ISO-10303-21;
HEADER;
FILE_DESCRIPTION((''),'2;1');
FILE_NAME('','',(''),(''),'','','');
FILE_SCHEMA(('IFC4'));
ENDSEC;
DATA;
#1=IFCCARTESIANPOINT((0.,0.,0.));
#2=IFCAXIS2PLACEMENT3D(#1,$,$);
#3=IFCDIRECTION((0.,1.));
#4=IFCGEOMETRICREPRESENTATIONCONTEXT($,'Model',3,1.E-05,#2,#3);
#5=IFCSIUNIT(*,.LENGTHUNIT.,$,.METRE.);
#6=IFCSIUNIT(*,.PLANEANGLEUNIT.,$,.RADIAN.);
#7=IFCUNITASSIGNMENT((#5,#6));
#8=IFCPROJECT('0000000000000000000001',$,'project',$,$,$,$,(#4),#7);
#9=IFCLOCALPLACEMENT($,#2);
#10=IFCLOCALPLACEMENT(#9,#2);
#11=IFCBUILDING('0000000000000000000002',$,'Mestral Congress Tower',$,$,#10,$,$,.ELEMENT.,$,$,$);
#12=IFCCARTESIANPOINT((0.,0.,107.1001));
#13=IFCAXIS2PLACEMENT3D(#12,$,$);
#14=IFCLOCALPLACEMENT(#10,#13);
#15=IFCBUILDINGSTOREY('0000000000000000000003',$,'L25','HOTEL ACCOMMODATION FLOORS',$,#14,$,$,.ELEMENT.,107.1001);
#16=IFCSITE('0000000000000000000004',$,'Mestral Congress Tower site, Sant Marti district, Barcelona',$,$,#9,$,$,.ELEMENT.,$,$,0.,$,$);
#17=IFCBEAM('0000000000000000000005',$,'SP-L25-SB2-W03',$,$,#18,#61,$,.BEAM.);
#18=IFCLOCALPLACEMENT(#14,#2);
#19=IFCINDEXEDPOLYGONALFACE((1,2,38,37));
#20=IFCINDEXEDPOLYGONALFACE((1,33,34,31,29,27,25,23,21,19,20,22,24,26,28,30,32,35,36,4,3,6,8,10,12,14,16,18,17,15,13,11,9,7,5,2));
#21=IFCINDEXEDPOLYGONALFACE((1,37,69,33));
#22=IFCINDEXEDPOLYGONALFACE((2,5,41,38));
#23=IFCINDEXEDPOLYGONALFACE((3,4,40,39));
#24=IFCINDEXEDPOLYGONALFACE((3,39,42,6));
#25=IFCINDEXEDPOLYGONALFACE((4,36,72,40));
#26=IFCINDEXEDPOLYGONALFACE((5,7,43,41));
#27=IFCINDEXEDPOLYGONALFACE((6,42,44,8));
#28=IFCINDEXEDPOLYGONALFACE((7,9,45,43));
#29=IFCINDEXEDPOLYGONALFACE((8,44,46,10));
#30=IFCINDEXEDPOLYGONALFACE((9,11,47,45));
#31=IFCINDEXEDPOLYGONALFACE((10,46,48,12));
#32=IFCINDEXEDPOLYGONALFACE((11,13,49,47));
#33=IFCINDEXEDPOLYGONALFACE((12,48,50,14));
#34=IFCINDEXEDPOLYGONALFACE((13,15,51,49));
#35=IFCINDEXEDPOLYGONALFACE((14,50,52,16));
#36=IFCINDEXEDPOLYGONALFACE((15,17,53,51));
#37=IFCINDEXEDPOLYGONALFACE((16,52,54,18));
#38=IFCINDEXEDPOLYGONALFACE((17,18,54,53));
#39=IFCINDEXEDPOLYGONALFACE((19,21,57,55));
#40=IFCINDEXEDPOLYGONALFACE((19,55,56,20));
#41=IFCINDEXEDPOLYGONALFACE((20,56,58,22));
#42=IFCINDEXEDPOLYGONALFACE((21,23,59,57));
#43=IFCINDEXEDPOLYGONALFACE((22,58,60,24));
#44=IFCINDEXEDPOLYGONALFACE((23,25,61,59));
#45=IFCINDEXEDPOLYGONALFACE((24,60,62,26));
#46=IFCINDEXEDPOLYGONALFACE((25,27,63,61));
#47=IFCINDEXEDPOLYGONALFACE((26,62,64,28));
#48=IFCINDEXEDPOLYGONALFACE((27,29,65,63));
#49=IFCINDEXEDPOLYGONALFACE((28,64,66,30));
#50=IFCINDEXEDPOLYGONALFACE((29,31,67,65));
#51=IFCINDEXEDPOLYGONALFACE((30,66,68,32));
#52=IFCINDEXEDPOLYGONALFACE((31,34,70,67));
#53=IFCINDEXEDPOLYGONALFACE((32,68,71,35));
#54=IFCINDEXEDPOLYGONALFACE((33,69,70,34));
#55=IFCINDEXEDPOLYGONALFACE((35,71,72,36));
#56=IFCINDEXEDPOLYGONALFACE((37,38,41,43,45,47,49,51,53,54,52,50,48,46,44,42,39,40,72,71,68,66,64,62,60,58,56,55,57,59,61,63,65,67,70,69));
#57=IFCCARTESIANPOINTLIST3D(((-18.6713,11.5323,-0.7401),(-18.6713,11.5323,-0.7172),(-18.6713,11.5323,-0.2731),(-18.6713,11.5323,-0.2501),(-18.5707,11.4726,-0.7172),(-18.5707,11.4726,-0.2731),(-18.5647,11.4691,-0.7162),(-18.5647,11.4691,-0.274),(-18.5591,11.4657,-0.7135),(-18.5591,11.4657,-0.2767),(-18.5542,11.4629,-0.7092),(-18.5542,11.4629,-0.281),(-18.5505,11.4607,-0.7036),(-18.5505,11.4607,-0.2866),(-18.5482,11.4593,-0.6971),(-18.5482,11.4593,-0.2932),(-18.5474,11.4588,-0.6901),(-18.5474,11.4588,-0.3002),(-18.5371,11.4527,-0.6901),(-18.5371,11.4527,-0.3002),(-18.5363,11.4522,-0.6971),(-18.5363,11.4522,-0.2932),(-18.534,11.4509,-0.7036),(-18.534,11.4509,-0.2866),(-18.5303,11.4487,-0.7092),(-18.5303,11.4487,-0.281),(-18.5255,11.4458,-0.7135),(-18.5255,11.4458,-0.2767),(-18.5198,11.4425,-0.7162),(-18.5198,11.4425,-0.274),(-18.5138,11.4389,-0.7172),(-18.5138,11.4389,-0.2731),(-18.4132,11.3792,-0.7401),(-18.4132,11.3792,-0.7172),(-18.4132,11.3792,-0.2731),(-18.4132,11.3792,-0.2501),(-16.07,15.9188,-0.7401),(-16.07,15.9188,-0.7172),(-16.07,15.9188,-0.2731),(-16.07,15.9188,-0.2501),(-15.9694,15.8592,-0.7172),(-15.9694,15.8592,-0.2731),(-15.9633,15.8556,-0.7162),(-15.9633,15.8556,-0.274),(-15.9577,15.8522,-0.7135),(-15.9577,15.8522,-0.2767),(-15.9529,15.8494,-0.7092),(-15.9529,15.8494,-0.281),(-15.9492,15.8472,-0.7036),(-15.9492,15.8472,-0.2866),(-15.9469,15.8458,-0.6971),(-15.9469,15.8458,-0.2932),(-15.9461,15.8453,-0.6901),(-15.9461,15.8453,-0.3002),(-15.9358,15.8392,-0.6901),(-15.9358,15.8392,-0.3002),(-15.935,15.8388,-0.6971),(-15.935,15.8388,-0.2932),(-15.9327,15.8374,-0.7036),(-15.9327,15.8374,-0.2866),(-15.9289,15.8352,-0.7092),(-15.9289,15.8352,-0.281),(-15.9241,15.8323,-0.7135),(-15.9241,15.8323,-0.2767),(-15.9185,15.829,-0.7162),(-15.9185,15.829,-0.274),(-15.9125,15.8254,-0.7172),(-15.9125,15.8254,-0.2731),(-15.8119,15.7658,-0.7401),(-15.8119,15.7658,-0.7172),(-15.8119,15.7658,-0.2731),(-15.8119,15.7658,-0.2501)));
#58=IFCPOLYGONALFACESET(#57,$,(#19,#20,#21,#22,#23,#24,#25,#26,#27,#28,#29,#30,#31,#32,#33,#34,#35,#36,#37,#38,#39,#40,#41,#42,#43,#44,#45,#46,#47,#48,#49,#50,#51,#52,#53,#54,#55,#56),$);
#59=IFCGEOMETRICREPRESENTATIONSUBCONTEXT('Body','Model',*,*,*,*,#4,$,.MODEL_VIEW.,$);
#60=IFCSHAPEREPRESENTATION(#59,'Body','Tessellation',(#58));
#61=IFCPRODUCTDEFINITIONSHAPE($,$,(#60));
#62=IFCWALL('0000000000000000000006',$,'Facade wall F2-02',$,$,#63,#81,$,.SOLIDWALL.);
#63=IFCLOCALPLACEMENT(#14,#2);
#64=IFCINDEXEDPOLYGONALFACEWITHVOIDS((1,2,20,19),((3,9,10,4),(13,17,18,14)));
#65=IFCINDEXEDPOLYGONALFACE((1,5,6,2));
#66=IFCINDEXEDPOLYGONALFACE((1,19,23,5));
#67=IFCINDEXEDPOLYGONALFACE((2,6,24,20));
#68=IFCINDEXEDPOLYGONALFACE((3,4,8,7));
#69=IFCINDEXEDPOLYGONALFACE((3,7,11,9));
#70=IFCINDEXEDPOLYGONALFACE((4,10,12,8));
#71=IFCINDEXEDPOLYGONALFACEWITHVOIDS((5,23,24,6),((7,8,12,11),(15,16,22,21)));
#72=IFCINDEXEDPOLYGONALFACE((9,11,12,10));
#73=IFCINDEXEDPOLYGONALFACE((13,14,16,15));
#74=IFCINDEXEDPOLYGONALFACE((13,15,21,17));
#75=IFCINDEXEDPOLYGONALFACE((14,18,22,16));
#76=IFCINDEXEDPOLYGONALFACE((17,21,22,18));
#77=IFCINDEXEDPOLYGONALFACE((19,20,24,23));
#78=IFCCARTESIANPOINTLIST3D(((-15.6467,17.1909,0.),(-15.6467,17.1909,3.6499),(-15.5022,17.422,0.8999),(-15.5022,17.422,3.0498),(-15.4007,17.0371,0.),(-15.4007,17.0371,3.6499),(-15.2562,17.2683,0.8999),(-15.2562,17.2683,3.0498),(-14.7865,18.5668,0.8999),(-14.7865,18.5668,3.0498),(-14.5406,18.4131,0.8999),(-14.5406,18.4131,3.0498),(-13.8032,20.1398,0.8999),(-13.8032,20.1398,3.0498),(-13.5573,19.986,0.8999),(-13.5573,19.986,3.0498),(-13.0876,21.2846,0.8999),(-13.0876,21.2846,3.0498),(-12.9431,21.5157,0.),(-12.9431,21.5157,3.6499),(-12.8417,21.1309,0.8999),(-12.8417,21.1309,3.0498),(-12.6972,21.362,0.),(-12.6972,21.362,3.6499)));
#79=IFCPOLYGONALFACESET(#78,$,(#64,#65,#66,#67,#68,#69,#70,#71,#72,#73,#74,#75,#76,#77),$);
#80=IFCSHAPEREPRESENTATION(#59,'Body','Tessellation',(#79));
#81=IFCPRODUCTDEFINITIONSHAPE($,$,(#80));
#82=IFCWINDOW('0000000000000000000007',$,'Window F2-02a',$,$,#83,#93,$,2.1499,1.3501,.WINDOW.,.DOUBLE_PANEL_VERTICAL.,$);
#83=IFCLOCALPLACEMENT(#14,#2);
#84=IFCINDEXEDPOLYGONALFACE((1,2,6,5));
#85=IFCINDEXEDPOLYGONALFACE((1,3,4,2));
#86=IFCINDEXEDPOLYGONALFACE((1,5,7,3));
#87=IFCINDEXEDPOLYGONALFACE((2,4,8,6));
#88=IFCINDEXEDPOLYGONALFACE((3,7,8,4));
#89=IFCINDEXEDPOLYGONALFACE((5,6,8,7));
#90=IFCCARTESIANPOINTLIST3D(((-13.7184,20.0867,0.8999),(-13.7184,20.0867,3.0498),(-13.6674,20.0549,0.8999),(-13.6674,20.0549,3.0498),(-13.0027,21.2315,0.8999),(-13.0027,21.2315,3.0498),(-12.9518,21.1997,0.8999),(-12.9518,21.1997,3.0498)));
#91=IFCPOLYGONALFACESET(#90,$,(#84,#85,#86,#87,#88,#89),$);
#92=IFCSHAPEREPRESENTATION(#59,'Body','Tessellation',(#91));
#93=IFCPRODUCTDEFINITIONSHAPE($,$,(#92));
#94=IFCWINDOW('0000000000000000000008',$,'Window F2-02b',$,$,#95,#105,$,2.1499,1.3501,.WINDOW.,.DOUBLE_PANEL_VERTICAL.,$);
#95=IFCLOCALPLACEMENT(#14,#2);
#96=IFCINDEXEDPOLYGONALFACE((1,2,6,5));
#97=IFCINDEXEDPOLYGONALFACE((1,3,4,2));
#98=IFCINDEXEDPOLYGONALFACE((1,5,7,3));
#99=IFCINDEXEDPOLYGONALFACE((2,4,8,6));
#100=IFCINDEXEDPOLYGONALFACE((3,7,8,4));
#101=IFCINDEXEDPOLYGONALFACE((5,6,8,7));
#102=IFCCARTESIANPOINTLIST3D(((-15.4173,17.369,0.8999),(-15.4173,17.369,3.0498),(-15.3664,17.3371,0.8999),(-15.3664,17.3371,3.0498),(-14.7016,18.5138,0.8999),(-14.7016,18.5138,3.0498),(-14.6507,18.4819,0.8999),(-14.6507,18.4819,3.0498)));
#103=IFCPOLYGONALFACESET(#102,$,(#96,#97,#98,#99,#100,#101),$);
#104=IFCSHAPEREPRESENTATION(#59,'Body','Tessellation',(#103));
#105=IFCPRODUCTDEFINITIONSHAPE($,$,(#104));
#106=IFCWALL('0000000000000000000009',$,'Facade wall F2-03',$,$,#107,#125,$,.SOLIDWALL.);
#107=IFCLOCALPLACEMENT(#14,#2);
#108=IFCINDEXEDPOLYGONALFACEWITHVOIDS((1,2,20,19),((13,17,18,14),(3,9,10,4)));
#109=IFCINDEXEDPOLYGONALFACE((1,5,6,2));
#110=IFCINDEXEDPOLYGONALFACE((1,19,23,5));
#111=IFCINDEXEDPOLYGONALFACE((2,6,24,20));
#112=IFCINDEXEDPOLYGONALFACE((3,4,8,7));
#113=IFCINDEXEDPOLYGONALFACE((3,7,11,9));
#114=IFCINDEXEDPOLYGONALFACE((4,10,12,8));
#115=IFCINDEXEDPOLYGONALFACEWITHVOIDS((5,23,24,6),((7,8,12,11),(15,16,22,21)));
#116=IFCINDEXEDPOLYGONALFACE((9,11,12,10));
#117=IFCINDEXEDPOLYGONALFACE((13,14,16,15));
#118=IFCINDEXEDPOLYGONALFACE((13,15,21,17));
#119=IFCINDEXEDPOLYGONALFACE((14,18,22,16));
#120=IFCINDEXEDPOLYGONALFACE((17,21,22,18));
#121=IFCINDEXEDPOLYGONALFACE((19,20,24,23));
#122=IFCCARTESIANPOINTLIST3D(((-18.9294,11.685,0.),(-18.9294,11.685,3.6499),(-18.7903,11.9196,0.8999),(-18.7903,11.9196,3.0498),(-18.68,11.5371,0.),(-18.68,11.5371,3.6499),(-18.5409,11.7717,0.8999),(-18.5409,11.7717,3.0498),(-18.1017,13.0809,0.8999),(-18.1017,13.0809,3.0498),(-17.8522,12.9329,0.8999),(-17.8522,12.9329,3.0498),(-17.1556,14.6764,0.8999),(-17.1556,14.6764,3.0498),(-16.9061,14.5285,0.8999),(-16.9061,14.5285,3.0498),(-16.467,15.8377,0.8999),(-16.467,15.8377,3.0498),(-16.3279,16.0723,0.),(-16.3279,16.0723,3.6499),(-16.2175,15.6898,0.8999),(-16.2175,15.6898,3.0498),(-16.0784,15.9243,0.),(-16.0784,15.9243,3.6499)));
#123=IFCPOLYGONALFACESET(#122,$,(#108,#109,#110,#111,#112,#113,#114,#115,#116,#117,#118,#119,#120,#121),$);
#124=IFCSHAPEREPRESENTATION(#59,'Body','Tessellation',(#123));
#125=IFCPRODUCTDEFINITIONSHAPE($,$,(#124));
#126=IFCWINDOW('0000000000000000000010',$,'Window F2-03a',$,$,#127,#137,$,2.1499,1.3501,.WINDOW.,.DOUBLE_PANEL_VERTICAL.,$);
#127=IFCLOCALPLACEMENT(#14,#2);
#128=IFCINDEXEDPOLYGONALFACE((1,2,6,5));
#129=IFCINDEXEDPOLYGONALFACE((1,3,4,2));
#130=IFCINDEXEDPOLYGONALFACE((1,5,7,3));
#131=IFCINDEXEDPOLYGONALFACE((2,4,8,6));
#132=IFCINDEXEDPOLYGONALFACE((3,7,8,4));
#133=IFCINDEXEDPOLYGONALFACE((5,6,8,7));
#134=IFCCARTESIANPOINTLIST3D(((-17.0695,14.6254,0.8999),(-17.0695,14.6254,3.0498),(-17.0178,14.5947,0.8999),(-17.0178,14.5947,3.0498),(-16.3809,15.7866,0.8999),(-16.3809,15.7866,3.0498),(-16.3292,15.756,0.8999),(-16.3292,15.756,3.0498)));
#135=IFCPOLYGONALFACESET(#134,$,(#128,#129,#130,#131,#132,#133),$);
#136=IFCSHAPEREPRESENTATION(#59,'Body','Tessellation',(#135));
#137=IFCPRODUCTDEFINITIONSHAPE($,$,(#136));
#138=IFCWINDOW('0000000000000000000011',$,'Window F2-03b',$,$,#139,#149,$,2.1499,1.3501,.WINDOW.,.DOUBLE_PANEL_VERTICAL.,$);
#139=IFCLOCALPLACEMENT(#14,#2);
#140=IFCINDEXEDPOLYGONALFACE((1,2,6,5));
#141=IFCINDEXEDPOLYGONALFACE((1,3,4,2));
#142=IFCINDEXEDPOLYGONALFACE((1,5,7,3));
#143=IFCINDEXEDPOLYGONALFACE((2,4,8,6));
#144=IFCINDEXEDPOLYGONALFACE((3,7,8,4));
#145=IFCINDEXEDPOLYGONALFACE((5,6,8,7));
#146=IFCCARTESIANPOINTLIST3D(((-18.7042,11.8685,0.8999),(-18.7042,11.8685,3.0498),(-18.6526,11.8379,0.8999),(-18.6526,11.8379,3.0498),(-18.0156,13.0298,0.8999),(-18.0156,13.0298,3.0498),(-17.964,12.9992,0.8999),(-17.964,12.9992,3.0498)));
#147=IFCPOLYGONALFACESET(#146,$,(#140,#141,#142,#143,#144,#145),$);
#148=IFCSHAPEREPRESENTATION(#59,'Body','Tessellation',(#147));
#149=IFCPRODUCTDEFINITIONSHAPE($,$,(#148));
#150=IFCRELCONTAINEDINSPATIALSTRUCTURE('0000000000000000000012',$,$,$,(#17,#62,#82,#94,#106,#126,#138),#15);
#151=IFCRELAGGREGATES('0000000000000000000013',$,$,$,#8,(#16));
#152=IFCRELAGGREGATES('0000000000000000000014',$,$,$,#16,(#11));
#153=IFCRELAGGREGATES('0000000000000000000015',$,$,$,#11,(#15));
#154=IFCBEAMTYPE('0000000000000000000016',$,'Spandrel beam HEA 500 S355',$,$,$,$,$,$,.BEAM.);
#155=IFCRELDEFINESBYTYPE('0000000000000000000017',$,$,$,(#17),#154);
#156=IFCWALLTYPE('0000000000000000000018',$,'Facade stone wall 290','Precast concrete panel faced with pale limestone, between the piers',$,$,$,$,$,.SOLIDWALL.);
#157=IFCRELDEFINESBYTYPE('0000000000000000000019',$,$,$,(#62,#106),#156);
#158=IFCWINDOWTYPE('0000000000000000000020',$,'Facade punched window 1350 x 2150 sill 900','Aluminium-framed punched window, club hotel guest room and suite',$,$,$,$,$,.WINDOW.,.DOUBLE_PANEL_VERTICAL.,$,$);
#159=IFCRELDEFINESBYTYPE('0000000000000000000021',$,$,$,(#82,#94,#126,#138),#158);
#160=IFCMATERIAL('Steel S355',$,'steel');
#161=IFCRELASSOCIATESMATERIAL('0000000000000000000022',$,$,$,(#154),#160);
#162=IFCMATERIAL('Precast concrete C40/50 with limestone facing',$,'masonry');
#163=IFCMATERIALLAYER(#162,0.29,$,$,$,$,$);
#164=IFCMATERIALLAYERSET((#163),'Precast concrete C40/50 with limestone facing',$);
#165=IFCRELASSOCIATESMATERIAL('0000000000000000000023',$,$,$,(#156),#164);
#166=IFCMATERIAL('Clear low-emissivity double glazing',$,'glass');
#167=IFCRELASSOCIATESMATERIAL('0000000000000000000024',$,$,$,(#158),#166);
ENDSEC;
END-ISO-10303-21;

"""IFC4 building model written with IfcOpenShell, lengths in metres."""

from ifc_helpers import new_model, si_unit, direction, frame, frame_2d, origin, origin_2d, place, context, subcontext, project, spatial, rectangle, i_section, extrude, material, layer, layer_set, material_profile, profile_set, type_object, element, fill, save


model = new_model("IFC4")

# Units and contexts
model_context = context("Model", 3, precision=1e-05, world=origin(), true_north=direction((0.0, 1.0)))
body_context = subcontext(model_context, "Body", "Model", "MODEL_VIEW")
ifc_project = project(units=[si_unit("LENGTHUNIT", "METRE"), si_unit("PLANEANGLEUNIT", "RADIAN")], contexts=[model_context])

# Site, building, storey
site_placement = place(None, origin())
site = spatial("IfcSite", under=ifc_project, at=site_placement, Name="Mestral Congress Tower site, Sant Marti district, Barcelona", CompositionType="ELEMENT", RefElevation=0.0)
building_placement = place(site_placement, origin())
building = spatial("IfcBuilding", under=site, at=building_placement, Name="Mestral Congress Tower", CompositionType="ELEMENT")
storey_placement = place(building_placement, frame((0.0, 0.0, 107.1001)))
storey = spatial("IfcBuildingStorey", under=building, at=storey_placement, Name="L25", Description="HOTEL ACCOMMODATION FLOORS", CompositionType="ELEMENT", Elevation=107.1001)

# Beam
ifc_material_1 = material(Name="Steel S355", Category="steel")
ifc_material_profile_1 = material_profile(ifc_material_1, i_section(OverallWidth=0.3, OverallDepth=0.49, WebThickness=0.012, FlangeThickness=0.0229, FilletRadius=0.0271, at=origin_2d()), Name="HEA 500")
ifc_profile_set_1 = profile_set([ifc_material_profile_1], Name="Steel S355")
beam_type_1 = type_object("IfcBeamType", Name="Spandrel beam HEA 500 S355", PredefinedType="BEAM", material=ifc_profile_set_1)
for number, where, z_axis, x_axis, name in (
    (1, (-15.9409, 15.8423, -0.4951), (-0.510082, -0.860126, 0.0), (0.860126, -0.510082, 0.0), "SP-L25-SB2-W03"),
):
    element("IfcBeam", number, at=place(storey_placement, frame(where, z_axis=z_axis, x_axis=x_axis)), inside=storey, type_object=beam_type_1, Name=name, PredefinedType="BEAM", context=body_context, shape_type="SweptSolid", body=[
        extrude(i_section(OverallWidth=0.3, OverallDepth=0.49, WebThickness=0.012, FlangeThickness=0.0229, FilletRadius=0.0271, at=origin_2d()), origin(), (0.0, 0.0, 1.0), 5.0999),
    ])

# Walls, openings, windows
ifc_material_2 = material(Name="Precast concrete C40/50 with limestone facing", Category="masonry")
ifc_layer_1 = layer(ifc_material_2, 0.29)
ifc_layer_set_1 = layer_set([ifc_layer_1], Name="Precast concrete C40/50 with limestone facing")
wall_type_1 = type_object("IfcWallType", Name="Facade stone wall 290", Description="Precast concrete panel faced with pale limestone, between the piers", PredefinedType="SOLIDWALL", material=ifc_layer_set_1)
wall_1_placement = place(storey_placement, frame((-12.8201, 21.439, 0.0), z_axis=(0.0, 0.0, 1.0), x_axis=(-0.530072, -0.847953, 0.0)))
wall_1 = element("IfcWall", 2, at=wall_1_placement, inside=storey, type_object=wall_type_1, Name="Facade wall F2-02", PredefinedType="SOLIDWALL", context=body_context, shape_type="SweptSolid", body=[
    extrude(rectangle(XDim=5.1003, YDim=0.29, at=frame_2d((2.5503, 0.0))), origin(), (0.0, 0.0, 1.0), 3.6499),
])
opening_1_placement = place(wall_1_placement, frame((0.2727, 0.0, 0.8999)))
opening_1 = element("IfcOpeningElement", 3, at=opening_1_placement, cuts=wall_1, PredefinedType="OPENING", context=body_context, shape_type="SweptSolid", body=[
    extrude(rectangle(XDim=1.3501, YDim=2.1499, at=frame_2d((0.675, 1.075))), frame((0.0, 0.155, 0.0), z_axis=(0.0, -1.0, 0.0), x_axis=(1.0, 0.0, 0.0)), (0.0, 0.0, 1.0), 0.3101),
])
opening_2_placement = place(wall_1_placement, frame((3.4778, 0.0, 0.8999)))
opening_2 = element("IfcOpeningElement", 4, at=opening_2_placement, cuts=wall_1, PredefinedType="OPENING", context=body_context, shape_type="SweptSolid", body=[
    extrude(rectangle(XDim=1.3501, YDim=2.1499, at=frame_2d((0.675, 1.075))), frame((0.0, 0.155, 0.0), z_axis=(0.0, -1.0, 0.0), x_axis=(1.0, 0.0, 0.0)), (0.0, 0.0, 1.0), 0.3101),
])
ifc_material_3 = material(Name="Clear low-emissivity double glazing", Category="glass")
window_type = type_object("IfcWindowType", Name="Facade punched window 1350 x 2150 sill 900", Description="Aluminium-framed punched window, club hotel guest room and suite", PartitioningType="DOUBLE_PANEL_VERTICAL", PredefinedType="WINDOW", material=ifc_material_3)
window_1_placement = place(opening_1_placement, origin())
window_1 = element("IfcWindow", 5, at=window_1_placement, inside=storey, type_object=window_type, Name="Window F2-02a", OverallHeight=2.1499, OverallWidth=1.3501, PartitioningType="DOUBLE_PANEL_VERTICAL", PredefinedType="WINDOW", context=body_context, shape_type="SweptSolid", body=[
    extrude(rectangle(XDim=1.3501, YDim=2.1499, at=frame_2d((0.675, 1.075))), frame((0.0, 0.0151, 0.0), z_axis=(0.0, -1.0, 0.0), x_axis=(1.0, 0.0, 0.0)), (0.0, 0.0, 1.0), 0.0601),
])
fill(opening_1, window_1)
window_2_placement = place(opening_2_placement, origin())
window_2 = element("IfcWindow", 6, at=window_2_placement, inside=storey, type_object=window_type, Name="Window F2-02b", OverallHeight=2.1499, OverallWidth=1.3501, PartitioningType="DOUBLE_PANEL_VERTICAL", PredefinedType="WINDOW", context=body_context, shape_type="SweptSolid", body=[
    extrude(rectangle(XDim=1.3501, YDim=2.1499, at=frame_2d((0.675, 1.075))), frame((0.0, 0.0151, 0.0), z_axis=(0.0, -1.0, 0.0), x_axis=(1.0, 0.0, 0.0)), (0.0, 0.0, 1.0), 0.0601),
])
fill(opening_2, window_2)
wall_2_placement = place(storey_placement, frame((-16.2031, 15.9983, 0.0), z_axis=(0.0, 0.0, 1.0), x_axis=(-0.510054, -0.860142, 0.0)))
wall_2 = element("IfcWall", 7, at=wall_2_placement, inside=storey, type_object=wall_type_1, Name="Facade wall F2-03", PredefinedType="SOLIDWALL", context=body_context, shape_type="SweptSolid", body=[
    extrude(rectangle(XDim=5.1006, YDim=0.29, at=frame_2d((2.5503, 0.0))), origin(), (0.0, 0.0, 1.0), 3.6499),
])
opening_3_placement = place(wall_2_placement, frame((0.2727, 0.0, 0.8999)))
opening_3 = element("IfcOpeningElement", 8, at=opening_3_placement, cuts=wall_2, PredefinedType="OPENING", context=body_context, shape_type="SweptSolid", body=[
    extrude(rectangle(XDim=1.3501, YDim=2.1499, at=frame_2d((0.675, 1.075))), frame((0.0, 0.155, 0.0), z_axis=(0.0, -1.0, 0.0), x_axis=(1.0, 0.0, 0.0)), (0.0, 0.0, 1.0), 0.3101),
])
opening_4_placement = place(wall_2_placement, frame((3.4778, 0.0, 0.8999)))
opening_4 = element("IfcOpeningElement", 9, at=opening_4_placement, cuts=wall_2, PredefinedType="OPENING", context=body_context, shape_type="SweptSolid", body=[
    extrude(rectangle(XDim=1.3501, YDim=2.1499, at=frame_2d((0.675, 1.075))), frame((0.0, 0.155, 0.0), z_axis=(0.0, -1.0, 0.0), x_axis=(1.0, 0.0, 0.0)), (0.0, 0.0, 1.0), 0.3101),
])
window_3_placement = place(opening_3_placement, origin())
window_3 = element("IfcWindow", 10, at=window_3_placement, inside=storey, type_object=window_type, Name="Window F2-03a", OverallHeight=2.1499, OverallWidth=1.3501, PartitioningType="DOUBLE_PANEL_VERTICAL", PredefinedType="WINDOW", context=body_context, shape_type="SweptSolid", body=[
    extrude(rectangle(XDim=1.3501, YDim=2.1499, at=frame_2d((0.675, 1.075))), frame((0.0, 0.0151, 0.0), z_axis=(0.0, -1.0, 0.0), x_axis=(1.0, 0.0, 0.0)), (0.0, 0.0, 1.0), 0.0601),
])
fill(opening_3, window_3)
window_4_placement = place(opening_4_placement, origin())
window_4 = element("IfcWindow", 11, at=window_4_placement, inside=storey, type_object=window_type, Name="Window F2-03b", OverallHeight=2.1499, OverallWidth=1.3501, PartitioningType="DOUBLE_PANEL_VERTICAL", PredefinedType="WINDOW", context=body_context, shape_type="SweptSolid", body=[
    extrude(rectangle(XDim=1.3501, YDim=2.1499, at=frame_2d((0.675, 1.075))), frame((0.0, 0.0151, 0.0), z_axis=(0.0, -1.0, 0.0), x_axis=(1.0, 0.0, 0.0)), (0.0, 0.0, 1.0), 0.0601),
])
fill(opening_4, window_4)

save(model, "model.ifc")
